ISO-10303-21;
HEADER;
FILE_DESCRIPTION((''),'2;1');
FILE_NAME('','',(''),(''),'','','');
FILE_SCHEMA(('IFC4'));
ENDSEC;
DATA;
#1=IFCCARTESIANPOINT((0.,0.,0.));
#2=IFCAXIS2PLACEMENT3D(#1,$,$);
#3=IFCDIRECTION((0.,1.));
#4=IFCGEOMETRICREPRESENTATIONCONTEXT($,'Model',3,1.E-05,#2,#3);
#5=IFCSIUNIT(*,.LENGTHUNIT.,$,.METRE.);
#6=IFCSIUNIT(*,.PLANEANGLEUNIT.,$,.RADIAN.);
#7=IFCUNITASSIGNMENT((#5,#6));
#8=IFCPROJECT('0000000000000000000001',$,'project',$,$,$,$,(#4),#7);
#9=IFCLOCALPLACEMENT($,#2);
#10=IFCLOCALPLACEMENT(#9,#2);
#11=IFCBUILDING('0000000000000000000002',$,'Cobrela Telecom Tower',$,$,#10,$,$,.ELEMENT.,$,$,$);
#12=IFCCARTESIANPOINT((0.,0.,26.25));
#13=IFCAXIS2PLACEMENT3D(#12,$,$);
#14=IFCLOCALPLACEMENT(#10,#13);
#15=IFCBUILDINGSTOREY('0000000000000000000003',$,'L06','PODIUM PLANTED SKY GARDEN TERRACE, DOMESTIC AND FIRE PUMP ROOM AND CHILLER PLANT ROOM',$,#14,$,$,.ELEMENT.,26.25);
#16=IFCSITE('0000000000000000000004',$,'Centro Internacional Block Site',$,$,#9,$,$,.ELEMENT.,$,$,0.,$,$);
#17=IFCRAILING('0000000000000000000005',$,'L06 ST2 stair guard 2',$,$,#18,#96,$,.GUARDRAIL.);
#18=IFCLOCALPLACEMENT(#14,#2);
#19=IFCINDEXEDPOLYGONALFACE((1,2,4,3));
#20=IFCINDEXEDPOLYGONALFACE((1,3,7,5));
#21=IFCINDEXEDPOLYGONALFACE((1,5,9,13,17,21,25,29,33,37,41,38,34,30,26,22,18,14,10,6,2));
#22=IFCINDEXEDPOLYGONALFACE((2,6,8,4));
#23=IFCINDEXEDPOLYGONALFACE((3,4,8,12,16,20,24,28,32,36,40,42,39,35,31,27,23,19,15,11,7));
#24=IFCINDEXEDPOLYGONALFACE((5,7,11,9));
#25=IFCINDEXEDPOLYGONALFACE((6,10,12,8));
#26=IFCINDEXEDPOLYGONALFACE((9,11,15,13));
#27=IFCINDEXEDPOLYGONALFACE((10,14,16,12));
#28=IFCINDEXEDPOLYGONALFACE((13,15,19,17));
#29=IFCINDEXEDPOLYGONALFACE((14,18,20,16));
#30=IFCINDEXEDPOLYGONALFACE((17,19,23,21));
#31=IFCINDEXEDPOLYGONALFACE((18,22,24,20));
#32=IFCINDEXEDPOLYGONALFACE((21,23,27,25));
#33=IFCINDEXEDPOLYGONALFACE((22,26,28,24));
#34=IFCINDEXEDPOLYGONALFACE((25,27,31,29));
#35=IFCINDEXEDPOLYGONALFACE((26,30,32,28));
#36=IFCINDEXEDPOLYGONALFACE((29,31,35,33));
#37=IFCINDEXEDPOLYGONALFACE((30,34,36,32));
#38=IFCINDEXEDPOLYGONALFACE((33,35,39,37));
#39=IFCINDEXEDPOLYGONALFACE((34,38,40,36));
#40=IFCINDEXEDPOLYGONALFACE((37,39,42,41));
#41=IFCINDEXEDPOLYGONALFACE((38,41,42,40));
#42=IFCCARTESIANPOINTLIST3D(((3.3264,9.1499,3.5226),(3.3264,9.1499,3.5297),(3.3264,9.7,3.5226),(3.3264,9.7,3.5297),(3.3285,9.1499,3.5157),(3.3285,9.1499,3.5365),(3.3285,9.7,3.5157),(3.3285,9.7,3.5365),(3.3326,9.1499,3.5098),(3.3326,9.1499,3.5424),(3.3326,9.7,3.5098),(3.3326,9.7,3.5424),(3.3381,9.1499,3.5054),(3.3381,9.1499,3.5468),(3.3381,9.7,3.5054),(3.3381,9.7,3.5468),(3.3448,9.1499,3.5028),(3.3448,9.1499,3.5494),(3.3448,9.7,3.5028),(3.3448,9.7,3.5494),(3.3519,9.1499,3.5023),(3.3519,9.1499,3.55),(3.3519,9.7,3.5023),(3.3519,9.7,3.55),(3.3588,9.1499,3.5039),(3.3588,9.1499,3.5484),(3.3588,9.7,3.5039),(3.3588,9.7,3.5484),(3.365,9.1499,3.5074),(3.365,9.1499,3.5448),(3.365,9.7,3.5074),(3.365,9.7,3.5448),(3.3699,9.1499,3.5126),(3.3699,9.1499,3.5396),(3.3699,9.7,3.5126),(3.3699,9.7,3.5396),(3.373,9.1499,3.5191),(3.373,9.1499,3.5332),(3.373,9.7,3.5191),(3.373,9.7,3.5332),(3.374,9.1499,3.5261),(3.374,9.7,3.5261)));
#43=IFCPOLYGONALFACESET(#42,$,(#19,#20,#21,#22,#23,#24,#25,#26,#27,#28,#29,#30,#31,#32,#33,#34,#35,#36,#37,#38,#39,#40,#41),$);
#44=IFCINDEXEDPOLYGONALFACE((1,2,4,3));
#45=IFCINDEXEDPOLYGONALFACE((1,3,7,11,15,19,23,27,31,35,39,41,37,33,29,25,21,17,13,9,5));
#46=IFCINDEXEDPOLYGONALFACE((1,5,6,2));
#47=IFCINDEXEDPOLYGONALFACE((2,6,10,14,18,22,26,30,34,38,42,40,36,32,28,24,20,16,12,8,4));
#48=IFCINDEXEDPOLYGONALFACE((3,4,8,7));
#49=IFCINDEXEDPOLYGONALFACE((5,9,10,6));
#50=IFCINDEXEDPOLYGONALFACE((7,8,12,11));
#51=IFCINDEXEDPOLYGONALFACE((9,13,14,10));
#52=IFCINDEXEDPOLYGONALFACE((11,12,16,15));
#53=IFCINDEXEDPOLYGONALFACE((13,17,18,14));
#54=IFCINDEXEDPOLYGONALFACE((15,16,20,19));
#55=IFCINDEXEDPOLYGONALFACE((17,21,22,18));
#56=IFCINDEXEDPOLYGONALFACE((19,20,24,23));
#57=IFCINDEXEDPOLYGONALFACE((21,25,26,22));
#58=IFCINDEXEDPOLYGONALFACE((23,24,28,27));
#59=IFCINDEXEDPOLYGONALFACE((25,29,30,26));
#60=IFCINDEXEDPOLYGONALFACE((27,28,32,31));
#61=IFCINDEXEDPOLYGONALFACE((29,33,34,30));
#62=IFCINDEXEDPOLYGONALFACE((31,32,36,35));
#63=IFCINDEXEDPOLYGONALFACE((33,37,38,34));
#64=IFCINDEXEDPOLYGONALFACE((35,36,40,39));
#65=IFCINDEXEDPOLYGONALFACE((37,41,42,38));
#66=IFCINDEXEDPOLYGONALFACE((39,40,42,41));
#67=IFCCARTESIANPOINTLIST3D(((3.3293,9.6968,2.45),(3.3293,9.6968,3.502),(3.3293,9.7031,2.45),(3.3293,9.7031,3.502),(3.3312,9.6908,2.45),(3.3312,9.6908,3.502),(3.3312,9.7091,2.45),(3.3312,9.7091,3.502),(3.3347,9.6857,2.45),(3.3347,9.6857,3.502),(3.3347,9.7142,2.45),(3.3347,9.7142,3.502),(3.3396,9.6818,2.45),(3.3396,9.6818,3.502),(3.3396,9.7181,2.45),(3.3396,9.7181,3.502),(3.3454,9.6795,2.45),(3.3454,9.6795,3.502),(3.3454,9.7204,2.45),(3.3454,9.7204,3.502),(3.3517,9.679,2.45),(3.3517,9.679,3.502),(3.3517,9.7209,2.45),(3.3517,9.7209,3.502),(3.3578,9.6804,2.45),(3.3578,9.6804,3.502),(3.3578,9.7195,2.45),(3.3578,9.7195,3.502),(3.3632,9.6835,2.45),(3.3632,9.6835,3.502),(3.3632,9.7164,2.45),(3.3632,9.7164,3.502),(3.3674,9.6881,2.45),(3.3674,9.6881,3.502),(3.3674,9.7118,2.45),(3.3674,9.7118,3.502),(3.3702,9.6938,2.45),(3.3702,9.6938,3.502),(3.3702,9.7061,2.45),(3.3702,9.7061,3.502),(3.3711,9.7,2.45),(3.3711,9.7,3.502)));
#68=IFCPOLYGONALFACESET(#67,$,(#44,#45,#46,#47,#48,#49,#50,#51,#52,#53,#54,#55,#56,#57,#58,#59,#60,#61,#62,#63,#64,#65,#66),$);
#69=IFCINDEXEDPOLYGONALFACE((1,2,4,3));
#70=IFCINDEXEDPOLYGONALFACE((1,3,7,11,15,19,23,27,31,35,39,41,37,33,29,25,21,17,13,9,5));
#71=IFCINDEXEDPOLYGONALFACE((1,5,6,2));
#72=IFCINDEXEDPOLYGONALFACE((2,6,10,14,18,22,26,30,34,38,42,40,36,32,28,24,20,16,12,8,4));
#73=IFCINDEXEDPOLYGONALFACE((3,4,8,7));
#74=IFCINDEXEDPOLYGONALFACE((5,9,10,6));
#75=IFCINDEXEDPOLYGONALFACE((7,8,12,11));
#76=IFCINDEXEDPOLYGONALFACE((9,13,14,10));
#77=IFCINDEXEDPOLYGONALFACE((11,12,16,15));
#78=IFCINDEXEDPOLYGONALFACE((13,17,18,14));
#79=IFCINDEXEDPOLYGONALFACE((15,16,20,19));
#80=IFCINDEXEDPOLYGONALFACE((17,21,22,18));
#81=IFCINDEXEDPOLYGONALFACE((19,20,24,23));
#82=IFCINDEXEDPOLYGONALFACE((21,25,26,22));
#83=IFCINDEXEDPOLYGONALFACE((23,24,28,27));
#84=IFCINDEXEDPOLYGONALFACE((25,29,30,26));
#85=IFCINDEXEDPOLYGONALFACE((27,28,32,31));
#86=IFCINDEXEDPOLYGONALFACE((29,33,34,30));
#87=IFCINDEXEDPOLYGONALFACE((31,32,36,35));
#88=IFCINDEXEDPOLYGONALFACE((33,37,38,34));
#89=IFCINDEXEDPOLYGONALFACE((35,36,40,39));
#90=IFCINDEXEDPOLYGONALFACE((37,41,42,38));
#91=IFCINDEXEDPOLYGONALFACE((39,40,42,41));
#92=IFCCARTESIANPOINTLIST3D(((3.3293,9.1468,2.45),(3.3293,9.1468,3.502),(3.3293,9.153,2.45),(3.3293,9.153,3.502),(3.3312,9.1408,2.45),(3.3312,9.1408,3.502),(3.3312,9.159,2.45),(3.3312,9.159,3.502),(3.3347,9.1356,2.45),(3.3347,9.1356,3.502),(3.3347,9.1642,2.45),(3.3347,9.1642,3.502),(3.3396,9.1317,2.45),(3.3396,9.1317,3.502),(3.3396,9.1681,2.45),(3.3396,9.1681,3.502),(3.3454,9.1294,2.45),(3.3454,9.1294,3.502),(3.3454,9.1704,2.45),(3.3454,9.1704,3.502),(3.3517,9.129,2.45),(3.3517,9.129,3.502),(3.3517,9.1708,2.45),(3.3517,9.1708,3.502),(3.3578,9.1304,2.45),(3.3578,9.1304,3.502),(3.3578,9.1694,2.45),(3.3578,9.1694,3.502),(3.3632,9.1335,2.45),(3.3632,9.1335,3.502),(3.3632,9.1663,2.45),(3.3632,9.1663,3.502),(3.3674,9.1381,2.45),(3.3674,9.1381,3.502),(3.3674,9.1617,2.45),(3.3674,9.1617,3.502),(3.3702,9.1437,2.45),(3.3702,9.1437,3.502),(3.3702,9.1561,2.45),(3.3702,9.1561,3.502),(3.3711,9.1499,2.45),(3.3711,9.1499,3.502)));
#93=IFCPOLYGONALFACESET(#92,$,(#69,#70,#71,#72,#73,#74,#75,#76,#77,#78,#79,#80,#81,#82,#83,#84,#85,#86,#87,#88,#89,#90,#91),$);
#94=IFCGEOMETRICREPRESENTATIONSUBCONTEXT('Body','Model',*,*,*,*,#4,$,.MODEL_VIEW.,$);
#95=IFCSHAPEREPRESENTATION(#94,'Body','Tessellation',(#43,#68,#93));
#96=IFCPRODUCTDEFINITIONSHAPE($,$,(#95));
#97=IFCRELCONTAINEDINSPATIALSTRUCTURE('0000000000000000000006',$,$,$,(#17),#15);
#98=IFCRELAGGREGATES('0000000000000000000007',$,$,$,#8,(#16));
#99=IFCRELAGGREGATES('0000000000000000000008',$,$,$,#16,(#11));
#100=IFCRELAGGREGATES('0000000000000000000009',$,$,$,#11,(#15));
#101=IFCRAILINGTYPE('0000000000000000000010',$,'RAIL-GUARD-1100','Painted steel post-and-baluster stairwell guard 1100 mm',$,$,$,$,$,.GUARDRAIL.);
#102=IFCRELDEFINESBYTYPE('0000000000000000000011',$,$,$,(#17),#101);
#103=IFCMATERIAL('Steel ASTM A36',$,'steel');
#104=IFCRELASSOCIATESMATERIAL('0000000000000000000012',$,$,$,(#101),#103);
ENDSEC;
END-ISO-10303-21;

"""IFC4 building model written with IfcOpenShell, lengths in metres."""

from ifc_helpers import new_model, si_unit, direction, frame, origin, origin_2d, place, context, subcontext, project, spatial, circle, extrude, material, type_object, element, save


model = new_model("IFC4")

# Units and contexts
model_context = context("Model", 3, precision=1e-05, world=origin(), true_north=direction((0.0, 1.0)))
body_context = subcontext(model_context, "Body", "Model", "MODEL_VIEW")
ifc_project = project(units=[si_unit("LENGTHUNIT", "METRE"), si_unit("PLANEANGLEUNIT", "RADIAN")], contexts=[model_context])

# Site, building, storey
site_placement = place(None, origin())
site = spatial("IfcSite", under=ifc_project, at=site_placement, Name="Centro Internacional Block Site", CompositionType="ELEMENT", RefElevation=0.0)
building_placement = place(site_placement, origin())
building = spatial("IfcBuilding", under=site, at=building_placement, Name="Cobrela Telecom Tower", CompositionType="ELEMENT")
storey_placement = place(building_placement, frame((0.0, 0.0, 26.25)))
storey = spatial("IfcBuildingStorey", under=building, at=storey_placement, Name="L06", Description="PODIUM PLANTED SKY GARDEN TERRACE, DOMESTIC AND FIRE PUMP ROOM AND CHILLER PLANT ROOM", CompositionType="ELEMENT", Elevation=26.25)

# Shared definitions
ifc_material_1 = material(Name="Steel ASTM A36", Category="steel")

# Railing
railing_type_1 = type_object("IfcRailingType", Name="RAIL-GUARD-1100", Description="Painted steel post-and-baluster stairwell guard 1100 mm", PredefinedType="GUARDRAIL", material=ifc_material_1)
railing_1_placement = place(storey_placement, frame((3.3501, 9.7, 2.45)))
element("IfcRailing", 1, at=railing_1_placement, inside=storey, type_object=railing_type_1, Name="L06 ST2 stair guard 2", PredefinedType="GUARDRAIL", context=body_context, shape_type="SweptSolid", body=[
    extrude(circle(Radius=0.0239, at=origin_2d()), frame((0.0, 0.0, 1.0762), z_axis=(0.0, -1.0, 0.0), x_axis=(1.0, 0.0, 0.0)), (0.0, 0.0, 1.0), 0.55),
    extrude(circle(Radius=0.021, at=origin_2d()), origin(), (0.0, 0.0, 1.0), 1.052),
    extrude(circle(Radius=0.021, at=origin_2d()), frame((0.0, -0.55, 0.0)), (0.0, 0.0, 1.0), 1.052),
])

save(model, "model.ifc")
